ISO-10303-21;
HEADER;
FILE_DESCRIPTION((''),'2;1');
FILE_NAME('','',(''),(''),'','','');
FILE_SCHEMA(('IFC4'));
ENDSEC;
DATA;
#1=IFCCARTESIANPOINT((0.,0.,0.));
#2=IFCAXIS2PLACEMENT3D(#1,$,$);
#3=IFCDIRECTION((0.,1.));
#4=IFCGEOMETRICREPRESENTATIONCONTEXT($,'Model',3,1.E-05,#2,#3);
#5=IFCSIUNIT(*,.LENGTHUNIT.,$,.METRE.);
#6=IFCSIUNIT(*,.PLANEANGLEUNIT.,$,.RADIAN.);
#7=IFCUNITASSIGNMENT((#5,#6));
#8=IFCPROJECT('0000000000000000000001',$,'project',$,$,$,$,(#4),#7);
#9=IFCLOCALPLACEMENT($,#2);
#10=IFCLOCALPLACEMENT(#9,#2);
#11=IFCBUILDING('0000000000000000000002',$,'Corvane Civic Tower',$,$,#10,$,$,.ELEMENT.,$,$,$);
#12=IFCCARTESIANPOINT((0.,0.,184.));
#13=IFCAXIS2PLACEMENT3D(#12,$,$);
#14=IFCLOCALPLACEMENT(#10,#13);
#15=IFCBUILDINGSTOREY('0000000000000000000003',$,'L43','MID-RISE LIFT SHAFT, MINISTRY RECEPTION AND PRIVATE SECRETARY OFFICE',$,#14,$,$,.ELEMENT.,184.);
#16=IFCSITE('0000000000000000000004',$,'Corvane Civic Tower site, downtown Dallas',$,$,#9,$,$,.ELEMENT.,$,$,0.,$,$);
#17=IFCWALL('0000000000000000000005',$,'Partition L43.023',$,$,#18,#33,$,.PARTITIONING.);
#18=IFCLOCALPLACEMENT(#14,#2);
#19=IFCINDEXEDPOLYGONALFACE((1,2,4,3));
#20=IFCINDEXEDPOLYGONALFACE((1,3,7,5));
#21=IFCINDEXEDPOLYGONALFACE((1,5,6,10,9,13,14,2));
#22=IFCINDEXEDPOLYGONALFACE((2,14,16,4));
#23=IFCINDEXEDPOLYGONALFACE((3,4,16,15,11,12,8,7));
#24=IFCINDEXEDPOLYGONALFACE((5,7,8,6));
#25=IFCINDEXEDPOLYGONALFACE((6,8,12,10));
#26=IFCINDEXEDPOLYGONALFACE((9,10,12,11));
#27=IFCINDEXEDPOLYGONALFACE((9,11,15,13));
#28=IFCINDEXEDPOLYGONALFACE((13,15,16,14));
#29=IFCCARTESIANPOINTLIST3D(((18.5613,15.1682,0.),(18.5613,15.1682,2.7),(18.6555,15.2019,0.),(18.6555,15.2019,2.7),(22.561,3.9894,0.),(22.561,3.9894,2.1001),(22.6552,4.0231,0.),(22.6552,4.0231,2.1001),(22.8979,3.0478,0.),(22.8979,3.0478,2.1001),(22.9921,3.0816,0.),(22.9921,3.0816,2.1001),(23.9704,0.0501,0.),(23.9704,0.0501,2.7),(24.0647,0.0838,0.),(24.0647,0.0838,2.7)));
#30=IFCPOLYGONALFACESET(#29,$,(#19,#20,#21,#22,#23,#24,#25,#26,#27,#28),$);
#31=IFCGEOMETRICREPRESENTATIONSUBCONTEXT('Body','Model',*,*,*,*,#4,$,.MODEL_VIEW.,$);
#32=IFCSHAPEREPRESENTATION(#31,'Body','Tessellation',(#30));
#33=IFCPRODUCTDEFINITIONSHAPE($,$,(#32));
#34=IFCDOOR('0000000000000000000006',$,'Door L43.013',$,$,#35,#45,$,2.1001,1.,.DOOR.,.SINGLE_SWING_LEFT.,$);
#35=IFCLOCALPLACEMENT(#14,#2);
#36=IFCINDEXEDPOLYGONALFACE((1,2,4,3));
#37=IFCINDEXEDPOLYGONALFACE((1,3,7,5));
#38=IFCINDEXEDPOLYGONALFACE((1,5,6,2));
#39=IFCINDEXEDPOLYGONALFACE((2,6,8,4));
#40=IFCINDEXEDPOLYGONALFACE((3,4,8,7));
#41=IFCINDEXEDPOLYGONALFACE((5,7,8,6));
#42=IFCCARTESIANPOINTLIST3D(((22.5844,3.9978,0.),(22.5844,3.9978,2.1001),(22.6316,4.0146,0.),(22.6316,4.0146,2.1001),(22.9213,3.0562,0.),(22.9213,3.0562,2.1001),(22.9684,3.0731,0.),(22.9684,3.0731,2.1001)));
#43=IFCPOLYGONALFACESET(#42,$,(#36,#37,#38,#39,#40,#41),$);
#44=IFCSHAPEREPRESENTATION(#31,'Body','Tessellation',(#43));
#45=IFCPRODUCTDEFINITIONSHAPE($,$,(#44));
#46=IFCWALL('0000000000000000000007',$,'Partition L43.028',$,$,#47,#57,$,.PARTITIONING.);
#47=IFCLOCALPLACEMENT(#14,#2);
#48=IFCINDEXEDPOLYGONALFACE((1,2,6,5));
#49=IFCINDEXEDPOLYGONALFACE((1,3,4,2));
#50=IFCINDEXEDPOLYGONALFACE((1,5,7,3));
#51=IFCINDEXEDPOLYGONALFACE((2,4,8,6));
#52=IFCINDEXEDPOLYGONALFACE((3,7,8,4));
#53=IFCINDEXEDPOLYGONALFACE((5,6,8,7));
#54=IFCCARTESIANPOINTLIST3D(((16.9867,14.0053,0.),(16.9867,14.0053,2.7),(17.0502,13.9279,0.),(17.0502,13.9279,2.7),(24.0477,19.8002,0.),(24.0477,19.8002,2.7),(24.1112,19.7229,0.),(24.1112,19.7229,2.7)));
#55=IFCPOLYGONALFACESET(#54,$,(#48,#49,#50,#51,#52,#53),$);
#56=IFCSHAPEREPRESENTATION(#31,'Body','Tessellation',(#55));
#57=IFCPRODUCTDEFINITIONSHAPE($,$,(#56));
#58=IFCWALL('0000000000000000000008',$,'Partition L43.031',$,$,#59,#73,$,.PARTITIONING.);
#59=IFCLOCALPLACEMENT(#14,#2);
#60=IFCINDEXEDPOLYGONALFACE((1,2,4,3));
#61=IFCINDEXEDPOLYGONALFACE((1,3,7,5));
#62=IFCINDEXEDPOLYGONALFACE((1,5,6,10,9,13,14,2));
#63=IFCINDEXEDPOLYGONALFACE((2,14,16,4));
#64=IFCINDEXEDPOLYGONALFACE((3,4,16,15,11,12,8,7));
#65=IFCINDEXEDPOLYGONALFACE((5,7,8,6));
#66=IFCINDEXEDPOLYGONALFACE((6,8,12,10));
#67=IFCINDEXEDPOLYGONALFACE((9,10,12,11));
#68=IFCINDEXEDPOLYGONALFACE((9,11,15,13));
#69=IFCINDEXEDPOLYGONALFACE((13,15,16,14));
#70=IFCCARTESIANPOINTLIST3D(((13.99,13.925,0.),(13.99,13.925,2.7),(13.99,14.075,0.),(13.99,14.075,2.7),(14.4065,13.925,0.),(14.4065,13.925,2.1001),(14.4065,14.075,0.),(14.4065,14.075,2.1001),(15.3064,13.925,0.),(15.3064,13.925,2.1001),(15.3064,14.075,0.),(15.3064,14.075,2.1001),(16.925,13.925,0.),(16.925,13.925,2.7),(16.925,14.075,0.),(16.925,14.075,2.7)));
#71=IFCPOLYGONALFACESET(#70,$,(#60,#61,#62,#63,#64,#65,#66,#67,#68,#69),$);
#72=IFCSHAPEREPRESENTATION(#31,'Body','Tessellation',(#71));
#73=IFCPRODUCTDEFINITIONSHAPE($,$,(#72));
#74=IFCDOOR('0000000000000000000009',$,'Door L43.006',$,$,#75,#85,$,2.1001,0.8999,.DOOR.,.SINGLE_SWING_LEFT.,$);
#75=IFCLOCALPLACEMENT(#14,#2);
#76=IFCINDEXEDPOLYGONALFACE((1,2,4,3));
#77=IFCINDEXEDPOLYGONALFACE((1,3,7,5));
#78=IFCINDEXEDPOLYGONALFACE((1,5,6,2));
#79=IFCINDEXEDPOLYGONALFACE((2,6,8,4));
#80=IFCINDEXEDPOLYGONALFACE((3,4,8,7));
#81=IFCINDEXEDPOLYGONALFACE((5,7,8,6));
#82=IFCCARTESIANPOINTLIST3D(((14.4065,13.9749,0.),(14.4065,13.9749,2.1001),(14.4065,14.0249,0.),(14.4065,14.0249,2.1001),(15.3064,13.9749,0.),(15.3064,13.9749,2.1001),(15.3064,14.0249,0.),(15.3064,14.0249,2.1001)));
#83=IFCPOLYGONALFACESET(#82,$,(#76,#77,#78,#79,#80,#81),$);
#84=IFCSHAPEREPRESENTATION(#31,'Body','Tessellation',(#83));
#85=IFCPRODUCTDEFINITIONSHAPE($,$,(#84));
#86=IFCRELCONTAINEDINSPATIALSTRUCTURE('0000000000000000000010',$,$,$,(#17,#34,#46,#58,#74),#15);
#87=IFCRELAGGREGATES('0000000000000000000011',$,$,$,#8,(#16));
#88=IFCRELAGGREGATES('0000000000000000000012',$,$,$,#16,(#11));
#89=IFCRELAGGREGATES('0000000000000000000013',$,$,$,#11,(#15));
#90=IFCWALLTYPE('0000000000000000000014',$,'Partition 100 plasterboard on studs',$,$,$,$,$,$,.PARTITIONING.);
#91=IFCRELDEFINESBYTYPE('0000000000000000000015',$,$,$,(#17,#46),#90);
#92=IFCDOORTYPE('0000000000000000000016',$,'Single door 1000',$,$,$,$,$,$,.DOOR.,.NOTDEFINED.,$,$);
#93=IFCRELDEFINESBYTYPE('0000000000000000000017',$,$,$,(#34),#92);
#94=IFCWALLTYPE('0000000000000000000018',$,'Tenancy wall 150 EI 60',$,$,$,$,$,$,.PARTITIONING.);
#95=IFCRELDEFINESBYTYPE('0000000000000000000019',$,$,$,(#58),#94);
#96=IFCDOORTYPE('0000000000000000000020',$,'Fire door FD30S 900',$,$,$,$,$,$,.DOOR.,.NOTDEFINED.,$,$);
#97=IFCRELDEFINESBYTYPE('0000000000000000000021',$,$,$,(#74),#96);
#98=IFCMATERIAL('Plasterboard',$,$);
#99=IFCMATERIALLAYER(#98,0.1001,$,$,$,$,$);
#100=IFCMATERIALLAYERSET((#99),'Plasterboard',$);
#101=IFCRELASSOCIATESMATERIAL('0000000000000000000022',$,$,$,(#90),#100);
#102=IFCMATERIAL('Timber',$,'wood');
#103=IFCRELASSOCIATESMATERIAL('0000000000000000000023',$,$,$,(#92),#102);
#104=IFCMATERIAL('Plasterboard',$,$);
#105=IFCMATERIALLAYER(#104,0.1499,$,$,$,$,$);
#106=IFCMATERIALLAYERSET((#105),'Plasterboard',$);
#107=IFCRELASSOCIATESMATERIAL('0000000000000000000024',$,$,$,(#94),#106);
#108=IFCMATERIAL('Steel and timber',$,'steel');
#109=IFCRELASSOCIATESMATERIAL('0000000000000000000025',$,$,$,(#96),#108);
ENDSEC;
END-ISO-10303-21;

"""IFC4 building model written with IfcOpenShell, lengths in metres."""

from ifc_helpers import new_model, si_unit, direction, frame, frame_2d, origin, place, context, subcontext, project, spatial, rectangle, extrude, material, layer, layer_set, type_object, element, fill, save


model = new_model("IFC4")

# Units and contexts
model_context = context("Model", 3, precision=1e-05, world=origin(), true_north=direction((0.0, 1.0)))
body_context = subcontext(model_context, "Body", "Model", "MODEL_VIEW")
ifc_project = project(units=[si_unit("LENGTHUNIT", "METRE"), si_unit("PLANEANGLEUNIT", "RADIAN")], contexts=[model_context])

# Site, building, storey
site_placement = place(None, origin())
site = spatial("IfcSite", under=ifc_project, at=site_placement, Name="Corvane Civic Tower site, downtown Dallas", CompositionType="ELEMENT", RefElevation=0.0)
building_placement = place(site_placement, origin())
building = spatial("IfcBuilding", under=site, at=building_placement, Name="Corvane Civic Tower", CompositionType="ELEMENT")
storey_placement = place(building_placement, frame((0.0, 0.0, 184.0)))
storey = spatial("IfcBuildingStorey", under=building, at=storey_placement, Name="L43", Description="MID-RISE LIFT SHAFT, MINISTRY RECEPTION AND PRIVATE SECRETARY OFFICE", CompositionType="ELEMENT", Elevation=184.0)

# Wall, opening, door
ifc_material_1 = material(Name="Plasterboard")
ifc_layer_1 = layer(ifc_material_1, 0.1001)
ifc_layer_set_1 = layer_set([ifc_layer_1], Name="Plasterboard")
wall_type_1 = type_object("IfcWallType", Name="Partition 100 plasterboard on studs", PredefinedType="PARTITIONING", material=ifc_layer_set_1)
wall_1_placement = place(storey_placement, frame((18.6084, 15.1851, 0.0), z_axis=(0.0, 0.0, 1.0), x_axis=(0.33688, -0.941548, 0.0)))
wall_1 = element("IfcWall", 1, at=wall_1_placement, inside=storey, type_object=wall_type_1, Name="Partition L43.023", PredefinedType="PARTITIONING", context=body_context, shape_type="SweptSolid", body=[
    extrude(rectangle(XDim=16.0566, YDim=0.1001, at=frame_2d((8.0283, 0.0))), origin(), (0.0, 0.0, 1.0), 2.7),
])
opening_1_placement = place(wall_1_placement, frame((11.8728, 0.0, 0.0)))
opening_1 = element("IfcOpeningElement", 2, at=opening_1_placement, cuts=wall_1, PredefinedType="OPENING", context=body_context, shape_type="SweptSolid", body=[
    extrude(rectangle(XDim=1.0, YDim=2.1001, at=frame_2d((0.5, 1.05))), frame((0.0, 0.0601, 0.0), z_axis=(0.0, -1.0, 0.0), x_axis=(1.0, 0.0, 0.0)), (0.0, 0.0, 1.0), 0.1201),
])
ifc_material_2 = material(Name="Timber", Category="wood")
door_type_1 = type_object("IfcDoorType", Name="Single door 1000", OperationType="NOTDEFINED", PredefinedType="DOOR", material=ifc_material_2)
door_1_placement = place(opening_1_placement, origin())
door_1 = element("IfcDoor", 3, at=door_1_placement, inside=storey, type_object=door_type_1, Name="Door L43.013", OperationType="SINGLE_SWING_LEFT", OverallHeight=2.1001, OverallWidth=1.0, PredefinedType="DOOR", context=body_context, shape_type="SweptSolid", body=[
    extrude(rectangle(XDim=1.0, YDim=2.1001, at=frame_2d((0.5, 1.05))), frame((0.0, 0.0249, 0.0), z_axis=(0.0, -1.0, 0.0), x_axis=(1.0, 0.0, 0.0)), (0.0, 0.0, 1.0), 0.05),
])
fill(opening_1, door_1)

# Wall
wall_2_placement = place(storey_placement, frame((17.0183, 13.9666, 0.0), z_axis=(0.0, 0.0, 1.0), x_axis=(0.773006, 0.634399, 0.0)))
element("IfcWall", 4, at=wall_2_placement, inside=storey, type_object=wall_type_1, Name="Partition L43.028", PredefinedType="PARTITIONING", context=body_context, shape_type="SweptSolid", body=[
    extrude(rectangle(XDim=9.1345, YDim=0.1001, at=frame_2d((4.5674, 0.0))), origin(), (0.0, 0.0, 1.0), 2.7),
])

# Wall, opening, door
ifc_material_3 = material(Name="Plasterboard")
ifc_layer_2 = layer(ifc_material_3, 0.1499)
ifc_layer_set_2 = layer_set([ifc_layer_2], Name="Plasterboard")
wall_type_2 = type_object("IfcWallType", Name="Tenancy wall 150 EI 60", PredefinedType="PARTITIONING", material=ifc_layer_set_2)
wall_3_placement = place(storey_placement, frame((13.99, 14.0, 0.0), z_axis=(0.0, 0.0, 1.0), x_axis=(1.0, 0.0, 0.0)))
wall_3 = element("IfcWall", 5, at=wall_3_placement, inside=storey, type_object=wall_type_2, Name="Partition L43.031", PredefinedType="PARTITIONING", context=body_context, shape_type="SweptSolid", body=[
    extrude(rectangle(XDim=2.9351, YDim=0.1499, at=frame_2d((1.4675, 0.0))), origin(), (0.0, 0.0, 1.0), 2.7),
])
opening_2_placement = place(wall_3_placement, frame((0.4165, 0.0, 0.0)))
opening_2 = element("IfcOpeningElement", 6, at=opening_2_placement, cuts=wall_3, PredefinedType="OPENING", context=body_context, shape_type="SweptSolid", body=[
    extrude(rectangle(XDim=0.8999, YDim=2.1001, at=frame_2d((0.45, 1.05))), frame((0.0, 0.085, 0.0), z_axis=(0.0, -1.0, 0.0), x_axis=(1.0, 0.0, 0.0)), (0.0, 0.0, 1.0), 0.1699),
])
ifc_material_4 = material(Name="Steel and timber", Category="steel")
door_type_2 = type_object("IfcDoorType", Name="Fire door FD30S 900", OperationType="NOTDEFINED", PredefinedType="DOOR", material=ifc_material_4)
door_2_placement = place(opening_2_placement, origin())
door_2 = element("IfcDoor", 7, at=door_2_placement, inside=storey, type_object=door_type_2, Name="Door L43.006", OperationType="SINGLE_SWING_LEFT", OverallHeight=2.1001, OverallWidth=0.8999, PredefinedType="DOOR", context=body_context, shape_type="SweptSolid", body=[
    extrude(rectangle(XDim=0.8999, YDim=2.1001, at=frame_2d((0.45, 1.05))), frame((0.0, 0.0249, 0.0), z_axis=(0.0, -1.0, 0.0), x_axis=(1.0, 0.0, 0.0)), (0.0, 0.0, 1.0), 0.05),
])
fill(opening_2, door_2)

save(model, "model.ifc")
